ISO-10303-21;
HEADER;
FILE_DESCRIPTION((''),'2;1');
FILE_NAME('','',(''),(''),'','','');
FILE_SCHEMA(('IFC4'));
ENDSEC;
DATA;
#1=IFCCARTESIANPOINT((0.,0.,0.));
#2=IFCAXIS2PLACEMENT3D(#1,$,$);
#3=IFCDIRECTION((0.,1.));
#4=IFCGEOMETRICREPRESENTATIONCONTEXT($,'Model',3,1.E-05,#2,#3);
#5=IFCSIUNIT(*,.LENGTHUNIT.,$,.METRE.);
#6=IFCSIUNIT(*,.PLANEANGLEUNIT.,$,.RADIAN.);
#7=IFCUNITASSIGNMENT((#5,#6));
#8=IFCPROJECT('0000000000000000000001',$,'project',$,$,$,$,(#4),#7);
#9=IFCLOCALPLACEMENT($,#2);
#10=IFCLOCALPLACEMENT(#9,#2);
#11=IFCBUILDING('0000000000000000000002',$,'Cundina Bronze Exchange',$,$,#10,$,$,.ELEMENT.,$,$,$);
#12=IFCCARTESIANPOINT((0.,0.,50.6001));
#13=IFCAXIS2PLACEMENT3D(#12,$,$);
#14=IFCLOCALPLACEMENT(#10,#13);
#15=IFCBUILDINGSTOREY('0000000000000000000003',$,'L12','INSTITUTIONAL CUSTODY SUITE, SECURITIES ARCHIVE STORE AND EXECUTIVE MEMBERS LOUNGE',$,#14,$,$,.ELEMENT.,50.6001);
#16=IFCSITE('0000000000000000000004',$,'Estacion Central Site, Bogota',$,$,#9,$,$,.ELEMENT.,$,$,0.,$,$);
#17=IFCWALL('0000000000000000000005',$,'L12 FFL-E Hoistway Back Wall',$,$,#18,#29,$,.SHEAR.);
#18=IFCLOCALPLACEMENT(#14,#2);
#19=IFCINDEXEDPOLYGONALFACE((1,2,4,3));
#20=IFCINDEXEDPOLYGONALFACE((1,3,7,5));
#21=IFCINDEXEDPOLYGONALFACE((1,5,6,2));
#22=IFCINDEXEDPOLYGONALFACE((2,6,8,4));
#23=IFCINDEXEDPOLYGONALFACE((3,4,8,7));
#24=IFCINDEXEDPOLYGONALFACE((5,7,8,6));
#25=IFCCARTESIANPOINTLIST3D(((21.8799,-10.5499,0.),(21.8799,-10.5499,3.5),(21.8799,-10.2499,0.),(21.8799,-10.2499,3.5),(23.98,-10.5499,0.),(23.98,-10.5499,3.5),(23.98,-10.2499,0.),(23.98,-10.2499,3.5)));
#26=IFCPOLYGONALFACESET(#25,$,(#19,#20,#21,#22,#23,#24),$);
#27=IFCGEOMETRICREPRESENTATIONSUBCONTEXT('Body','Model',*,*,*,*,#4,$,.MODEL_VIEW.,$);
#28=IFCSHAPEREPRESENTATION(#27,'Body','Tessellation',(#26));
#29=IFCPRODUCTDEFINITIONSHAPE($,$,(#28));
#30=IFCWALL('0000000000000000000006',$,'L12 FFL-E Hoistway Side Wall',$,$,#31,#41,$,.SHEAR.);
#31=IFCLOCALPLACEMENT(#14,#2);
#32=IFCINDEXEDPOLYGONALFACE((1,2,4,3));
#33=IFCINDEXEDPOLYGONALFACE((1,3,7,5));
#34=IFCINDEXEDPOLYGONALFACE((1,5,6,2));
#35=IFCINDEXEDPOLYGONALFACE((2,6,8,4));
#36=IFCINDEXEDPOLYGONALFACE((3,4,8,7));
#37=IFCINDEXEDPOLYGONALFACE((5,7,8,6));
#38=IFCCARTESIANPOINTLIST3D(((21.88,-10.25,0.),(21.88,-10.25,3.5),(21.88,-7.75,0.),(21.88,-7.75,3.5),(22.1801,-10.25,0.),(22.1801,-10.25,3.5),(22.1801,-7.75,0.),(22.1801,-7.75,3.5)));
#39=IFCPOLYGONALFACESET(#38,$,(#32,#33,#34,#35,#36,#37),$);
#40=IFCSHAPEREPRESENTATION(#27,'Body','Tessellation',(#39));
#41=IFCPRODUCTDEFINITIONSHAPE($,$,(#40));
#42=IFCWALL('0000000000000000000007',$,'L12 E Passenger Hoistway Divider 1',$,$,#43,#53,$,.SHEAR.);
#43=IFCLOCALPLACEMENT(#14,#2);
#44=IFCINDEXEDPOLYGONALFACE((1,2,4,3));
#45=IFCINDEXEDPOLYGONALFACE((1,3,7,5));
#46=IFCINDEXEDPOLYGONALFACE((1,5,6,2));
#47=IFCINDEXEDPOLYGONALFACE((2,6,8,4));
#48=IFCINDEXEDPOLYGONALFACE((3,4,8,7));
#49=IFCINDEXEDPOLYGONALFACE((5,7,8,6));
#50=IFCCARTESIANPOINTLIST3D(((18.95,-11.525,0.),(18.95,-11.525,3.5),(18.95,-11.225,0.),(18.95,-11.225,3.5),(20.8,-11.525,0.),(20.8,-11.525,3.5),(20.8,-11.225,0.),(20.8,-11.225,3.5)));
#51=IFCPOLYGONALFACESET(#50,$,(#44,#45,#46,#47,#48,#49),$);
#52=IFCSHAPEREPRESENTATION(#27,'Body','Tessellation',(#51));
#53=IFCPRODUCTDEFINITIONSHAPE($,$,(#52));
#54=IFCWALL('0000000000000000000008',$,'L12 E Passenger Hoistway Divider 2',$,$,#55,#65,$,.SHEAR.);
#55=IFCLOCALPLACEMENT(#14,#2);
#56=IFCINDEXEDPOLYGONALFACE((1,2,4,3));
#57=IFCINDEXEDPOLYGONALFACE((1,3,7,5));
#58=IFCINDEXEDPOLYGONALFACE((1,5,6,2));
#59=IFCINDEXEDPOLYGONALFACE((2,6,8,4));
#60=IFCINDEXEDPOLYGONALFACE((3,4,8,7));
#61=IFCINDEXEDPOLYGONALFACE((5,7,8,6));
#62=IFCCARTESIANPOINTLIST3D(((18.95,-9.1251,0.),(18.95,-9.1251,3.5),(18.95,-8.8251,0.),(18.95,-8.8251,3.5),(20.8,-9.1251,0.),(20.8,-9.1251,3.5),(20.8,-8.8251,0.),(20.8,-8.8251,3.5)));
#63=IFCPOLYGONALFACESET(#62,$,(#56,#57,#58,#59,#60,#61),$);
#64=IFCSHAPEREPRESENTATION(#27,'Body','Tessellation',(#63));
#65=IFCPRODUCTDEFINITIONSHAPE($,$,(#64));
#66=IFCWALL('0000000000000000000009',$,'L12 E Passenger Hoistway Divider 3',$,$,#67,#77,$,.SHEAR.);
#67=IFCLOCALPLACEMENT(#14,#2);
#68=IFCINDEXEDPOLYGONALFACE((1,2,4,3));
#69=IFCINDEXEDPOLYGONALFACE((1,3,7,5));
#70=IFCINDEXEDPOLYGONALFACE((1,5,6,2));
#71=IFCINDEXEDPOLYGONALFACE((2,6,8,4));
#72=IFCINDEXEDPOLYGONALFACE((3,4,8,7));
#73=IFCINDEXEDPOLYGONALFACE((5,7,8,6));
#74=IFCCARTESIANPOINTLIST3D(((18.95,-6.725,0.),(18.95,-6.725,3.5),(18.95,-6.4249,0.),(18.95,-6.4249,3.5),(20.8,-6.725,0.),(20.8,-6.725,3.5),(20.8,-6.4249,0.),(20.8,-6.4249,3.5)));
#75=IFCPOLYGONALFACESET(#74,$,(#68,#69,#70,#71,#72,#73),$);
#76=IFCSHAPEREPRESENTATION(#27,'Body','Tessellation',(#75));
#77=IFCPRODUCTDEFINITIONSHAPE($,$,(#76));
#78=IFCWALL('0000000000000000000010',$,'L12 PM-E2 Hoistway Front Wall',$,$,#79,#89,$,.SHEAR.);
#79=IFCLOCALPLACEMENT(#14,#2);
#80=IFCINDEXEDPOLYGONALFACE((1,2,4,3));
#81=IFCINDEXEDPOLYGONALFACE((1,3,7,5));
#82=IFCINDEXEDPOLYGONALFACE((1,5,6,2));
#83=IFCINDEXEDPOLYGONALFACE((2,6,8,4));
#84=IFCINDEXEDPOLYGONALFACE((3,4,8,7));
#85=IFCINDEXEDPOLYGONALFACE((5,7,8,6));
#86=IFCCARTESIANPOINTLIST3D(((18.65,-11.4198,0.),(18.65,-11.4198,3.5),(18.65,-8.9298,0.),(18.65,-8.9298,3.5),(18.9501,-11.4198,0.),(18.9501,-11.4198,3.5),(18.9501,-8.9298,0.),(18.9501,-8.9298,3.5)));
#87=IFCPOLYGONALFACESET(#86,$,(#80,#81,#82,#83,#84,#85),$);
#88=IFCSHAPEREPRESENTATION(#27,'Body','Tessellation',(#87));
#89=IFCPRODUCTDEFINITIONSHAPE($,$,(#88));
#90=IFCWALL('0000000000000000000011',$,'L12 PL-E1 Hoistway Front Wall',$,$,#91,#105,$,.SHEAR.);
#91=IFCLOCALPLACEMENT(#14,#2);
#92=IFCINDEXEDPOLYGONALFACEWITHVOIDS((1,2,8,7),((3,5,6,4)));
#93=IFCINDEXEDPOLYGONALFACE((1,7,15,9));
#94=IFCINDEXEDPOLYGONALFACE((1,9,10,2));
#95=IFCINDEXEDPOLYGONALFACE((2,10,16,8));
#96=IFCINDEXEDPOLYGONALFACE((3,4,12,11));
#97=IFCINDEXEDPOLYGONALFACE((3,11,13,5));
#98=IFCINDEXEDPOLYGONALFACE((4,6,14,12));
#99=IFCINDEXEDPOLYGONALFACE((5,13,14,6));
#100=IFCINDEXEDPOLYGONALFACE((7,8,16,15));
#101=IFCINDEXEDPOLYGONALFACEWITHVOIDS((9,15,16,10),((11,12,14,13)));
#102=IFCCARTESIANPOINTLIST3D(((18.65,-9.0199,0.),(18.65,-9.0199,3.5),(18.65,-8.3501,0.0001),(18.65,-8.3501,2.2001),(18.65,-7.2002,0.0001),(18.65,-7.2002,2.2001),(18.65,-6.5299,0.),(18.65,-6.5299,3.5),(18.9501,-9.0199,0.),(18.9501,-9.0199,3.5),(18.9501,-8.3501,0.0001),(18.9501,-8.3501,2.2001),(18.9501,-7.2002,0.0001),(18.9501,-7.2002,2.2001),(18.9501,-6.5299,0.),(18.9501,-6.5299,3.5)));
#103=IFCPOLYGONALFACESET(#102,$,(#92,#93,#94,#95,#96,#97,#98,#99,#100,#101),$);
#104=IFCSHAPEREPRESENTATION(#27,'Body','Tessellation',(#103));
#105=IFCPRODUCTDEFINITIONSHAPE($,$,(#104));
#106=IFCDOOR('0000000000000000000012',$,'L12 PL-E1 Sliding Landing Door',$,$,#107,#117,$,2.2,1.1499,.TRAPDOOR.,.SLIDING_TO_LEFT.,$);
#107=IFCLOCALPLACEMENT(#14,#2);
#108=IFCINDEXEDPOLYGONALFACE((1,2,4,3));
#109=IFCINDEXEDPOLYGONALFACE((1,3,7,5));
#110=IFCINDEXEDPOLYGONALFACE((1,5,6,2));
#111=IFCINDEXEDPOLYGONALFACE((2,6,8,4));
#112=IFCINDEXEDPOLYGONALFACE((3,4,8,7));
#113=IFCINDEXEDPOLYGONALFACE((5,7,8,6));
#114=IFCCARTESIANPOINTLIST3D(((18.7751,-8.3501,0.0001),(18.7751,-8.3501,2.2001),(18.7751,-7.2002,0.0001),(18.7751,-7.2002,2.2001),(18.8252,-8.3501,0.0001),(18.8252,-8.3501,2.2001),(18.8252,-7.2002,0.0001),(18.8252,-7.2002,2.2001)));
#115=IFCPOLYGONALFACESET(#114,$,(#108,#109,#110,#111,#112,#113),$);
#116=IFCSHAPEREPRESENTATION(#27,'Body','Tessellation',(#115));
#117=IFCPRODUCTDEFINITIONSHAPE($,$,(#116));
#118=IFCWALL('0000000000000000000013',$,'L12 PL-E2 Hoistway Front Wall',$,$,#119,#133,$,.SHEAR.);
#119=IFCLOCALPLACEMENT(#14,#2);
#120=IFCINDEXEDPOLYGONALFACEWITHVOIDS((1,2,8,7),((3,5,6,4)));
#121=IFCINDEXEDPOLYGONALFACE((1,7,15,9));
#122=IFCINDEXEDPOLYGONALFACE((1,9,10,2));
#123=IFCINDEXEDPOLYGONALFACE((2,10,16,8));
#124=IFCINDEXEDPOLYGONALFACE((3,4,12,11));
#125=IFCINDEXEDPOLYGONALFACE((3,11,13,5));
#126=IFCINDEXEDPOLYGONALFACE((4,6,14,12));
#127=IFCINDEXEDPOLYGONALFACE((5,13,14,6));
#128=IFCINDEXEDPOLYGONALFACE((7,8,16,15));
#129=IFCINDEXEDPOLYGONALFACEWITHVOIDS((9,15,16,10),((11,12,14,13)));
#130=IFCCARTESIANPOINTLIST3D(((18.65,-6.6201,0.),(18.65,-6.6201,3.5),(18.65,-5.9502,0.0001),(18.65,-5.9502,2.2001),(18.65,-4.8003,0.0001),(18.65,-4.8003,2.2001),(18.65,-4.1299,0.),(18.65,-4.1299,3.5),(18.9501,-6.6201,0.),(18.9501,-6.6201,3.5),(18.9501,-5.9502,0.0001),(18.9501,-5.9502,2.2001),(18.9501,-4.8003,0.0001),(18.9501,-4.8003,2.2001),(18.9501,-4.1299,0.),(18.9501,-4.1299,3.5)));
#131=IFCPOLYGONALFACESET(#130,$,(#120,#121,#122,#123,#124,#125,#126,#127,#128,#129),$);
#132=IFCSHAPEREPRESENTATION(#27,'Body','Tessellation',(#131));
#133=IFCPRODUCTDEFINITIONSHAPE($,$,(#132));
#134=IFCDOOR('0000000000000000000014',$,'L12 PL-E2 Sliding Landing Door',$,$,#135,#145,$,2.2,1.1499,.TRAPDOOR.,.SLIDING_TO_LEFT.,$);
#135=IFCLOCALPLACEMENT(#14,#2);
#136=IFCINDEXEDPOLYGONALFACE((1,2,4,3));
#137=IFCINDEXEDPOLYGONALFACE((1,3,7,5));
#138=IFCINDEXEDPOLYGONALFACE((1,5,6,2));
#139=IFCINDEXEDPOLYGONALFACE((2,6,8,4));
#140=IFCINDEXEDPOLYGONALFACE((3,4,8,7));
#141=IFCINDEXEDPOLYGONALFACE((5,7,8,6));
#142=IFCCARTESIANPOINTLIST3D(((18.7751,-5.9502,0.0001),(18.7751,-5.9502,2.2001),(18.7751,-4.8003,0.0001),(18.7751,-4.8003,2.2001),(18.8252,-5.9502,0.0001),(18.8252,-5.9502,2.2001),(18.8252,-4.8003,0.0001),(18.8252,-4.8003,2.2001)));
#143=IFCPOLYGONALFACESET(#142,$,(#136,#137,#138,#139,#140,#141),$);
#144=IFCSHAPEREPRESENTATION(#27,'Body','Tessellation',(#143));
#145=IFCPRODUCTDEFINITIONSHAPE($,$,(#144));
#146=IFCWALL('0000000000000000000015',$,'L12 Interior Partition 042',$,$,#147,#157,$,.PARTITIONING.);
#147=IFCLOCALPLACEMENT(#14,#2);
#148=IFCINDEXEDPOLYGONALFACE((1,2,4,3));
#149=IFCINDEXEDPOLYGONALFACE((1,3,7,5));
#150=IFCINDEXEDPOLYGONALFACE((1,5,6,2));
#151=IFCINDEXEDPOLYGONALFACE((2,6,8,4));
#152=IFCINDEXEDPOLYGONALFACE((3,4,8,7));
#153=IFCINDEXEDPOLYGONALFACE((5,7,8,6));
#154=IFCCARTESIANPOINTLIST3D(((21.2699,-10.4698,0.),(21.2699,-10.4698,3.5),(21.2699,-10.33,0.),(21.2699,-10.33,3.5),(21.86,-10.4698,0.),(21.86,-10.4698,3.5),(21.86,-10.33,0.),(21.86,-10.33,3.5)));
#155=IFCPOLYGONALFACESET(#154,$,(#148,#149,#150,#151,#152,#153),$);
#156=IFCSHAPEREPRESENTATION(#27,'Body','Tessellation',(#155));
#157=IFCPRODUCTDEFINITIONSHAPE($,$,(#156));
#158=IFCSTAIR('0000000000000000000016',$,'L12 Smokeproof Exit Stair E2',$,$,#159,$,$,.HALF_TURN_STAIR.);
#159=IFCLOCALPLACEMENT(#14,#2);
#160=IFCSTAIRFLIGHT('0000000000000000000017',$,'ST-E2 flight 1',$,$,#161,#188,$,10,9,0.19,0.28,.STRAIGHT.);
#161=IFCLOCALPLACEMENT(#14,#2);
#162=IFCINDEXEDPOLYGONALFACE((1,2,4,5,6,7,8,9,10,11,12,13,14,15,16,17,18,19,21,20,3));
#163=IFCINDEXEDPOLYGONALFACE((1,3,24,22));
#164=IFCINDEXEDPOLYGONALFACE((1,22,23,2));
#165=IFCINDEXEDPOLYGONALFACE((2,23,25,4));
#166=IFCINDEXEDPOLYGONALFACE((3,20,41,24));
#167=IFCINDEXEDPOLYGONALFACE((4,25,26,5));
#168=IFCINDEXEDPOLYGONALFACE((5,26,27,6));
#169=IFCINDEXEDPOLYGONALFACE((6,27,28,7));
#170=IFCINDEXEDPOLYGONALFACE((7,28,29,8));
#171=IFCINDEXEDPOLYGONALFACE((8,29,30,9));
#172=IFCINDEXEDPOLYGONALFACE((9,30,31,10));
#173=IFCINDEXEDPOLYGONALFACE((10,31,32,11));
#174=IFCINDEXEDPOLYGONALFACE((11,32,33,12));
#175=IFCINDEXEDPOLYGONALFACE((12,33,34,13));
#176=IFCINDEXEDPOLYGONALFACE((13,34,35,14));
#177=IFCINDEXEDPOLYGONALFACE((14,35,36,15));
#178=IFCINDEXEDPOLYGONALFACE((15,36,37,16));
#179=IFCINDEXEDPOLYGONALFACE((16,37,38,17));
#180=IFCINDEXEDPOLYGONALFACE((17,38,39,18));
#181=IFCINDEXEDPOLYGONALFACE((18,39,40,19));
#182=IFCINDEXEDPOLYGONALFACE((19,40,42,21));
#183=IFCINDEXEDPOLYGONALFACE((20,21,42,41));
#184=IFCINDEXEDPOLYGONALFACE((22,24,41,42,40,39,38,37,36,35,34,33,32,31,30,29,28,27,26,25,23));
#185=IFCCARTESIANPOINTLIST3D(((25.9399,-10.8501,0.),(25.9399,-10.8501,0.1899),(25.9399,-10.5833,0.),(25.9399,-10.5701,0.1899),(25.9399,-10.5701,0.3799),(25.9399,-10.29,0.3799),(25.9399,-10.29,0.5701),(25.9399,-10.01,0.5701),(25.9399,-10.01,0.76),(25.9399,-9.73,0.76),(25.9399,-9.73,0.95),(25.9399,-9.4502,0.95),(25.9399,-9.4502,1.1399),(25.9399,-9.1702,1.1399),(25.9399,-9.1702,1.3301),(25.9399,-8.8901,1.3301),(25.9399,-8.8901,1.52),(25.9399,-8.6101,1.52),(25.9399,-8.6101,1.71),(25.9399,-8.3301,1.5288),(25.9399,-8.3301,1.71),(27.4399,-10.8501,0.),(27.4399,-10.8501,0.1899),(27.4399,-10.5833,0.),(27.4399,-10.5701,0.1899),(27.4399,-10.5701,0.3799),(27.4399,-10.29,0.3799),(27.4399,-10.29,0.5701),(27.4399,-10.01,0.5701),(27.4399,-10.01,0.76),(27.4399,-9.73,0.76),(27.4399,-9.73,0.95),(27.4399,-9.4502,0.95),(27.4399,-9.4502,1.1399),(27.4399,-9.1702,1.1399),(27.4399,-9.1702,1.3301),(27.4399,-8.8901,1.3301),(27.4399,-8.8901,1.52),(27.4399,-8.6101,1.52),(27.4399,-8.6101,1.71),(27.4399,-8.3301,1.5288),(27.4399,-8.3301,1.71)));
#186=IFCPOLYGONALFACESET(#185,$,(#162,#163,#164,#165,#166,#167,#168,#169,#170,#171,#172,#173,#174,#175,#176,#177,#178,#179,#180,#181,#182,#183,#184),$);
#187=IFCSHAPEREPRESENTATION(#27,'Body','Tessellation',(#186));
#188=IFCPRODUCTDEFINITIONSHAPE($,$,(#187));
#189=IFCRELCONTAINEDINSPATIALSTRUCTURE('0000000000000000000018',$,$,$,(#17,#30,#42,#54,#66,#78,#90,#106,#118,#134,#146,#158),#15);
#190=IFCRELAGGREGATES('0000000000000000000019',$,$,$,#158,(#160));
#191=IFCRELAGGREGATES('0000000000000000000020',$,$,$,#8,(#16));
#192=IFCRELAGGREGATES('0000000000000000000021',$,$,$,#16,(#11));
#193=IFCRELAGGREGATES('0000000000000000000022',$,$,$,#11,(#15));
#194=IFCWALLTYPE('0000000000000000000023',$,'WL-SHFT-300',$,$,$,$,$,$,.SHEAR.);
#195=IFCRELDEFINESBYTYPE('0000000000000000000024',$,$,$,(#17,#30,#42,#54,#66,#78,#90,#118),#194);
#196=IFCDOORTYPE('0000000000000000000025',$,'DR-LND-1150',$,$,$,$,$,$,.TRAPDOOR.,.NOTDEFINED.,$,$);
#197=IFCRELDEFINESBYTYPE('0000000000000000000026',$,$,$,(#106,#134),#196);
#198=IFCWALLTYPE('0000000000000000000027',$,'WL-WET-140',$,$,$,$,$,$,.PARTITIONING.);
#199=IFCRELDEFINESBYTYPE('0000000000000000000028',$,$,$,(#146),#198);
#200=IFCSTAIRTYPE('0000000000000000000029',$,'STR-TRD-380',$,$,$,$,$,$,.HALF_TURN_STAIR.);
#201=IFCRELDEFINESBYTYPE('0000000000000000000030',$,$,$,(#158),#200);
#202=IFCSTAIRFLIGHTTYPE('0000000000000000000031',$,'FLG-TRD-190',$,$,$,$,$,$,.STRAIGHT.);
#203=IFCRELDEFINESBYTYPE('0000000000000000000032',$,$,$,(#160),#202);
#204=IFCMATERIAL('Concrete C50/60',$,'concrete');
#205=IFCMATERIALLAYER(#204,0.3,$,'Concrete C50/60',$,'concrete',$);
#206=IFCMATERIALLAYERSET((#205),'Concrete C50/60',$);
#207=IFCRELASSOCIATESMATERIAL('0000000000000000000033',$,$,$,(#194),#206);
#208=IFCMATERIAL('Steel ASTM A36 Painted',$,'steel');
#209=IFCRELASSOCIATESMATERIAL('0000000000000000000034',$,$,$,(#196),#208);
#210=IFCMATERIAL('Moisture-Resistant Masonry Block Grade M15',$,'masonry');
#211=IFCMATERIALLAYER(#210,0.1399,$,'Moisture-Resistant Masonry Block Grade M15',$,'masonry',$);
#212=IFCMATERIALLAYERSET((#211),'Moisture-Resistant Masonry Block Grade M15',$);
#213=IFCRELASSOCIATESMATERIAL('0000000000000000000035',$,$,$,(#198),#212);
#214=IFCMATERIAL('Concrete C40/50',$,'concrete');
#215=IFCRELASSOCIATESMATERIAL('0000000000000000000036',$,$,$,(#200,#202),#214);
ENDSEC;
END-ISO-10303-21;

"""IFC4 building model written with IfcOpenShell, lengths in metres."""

from ifc_helpers import new_model, si_unit, direction, frame, frame_2d, origin, place, context, subcontext, project, spatial, polyline, rectangle, outline, extrude, material, layer, layer_set, type_object, element, fill, aggregate, save


model = new_model("IFC4")

# Units and contexts
model_context = context("Model", 3, precision=1e-05, world=origin(), true_north=direction((0.0, 1.0)))
body_context = subcontext(model_context, "Body", "Model", "MODEL_VIEW")
ifc_project = project(units=[si_unit("LENGTHUNIT", "METRE"), si_unit("PLANEANGLEUNIT", "RADIAN")], contexts=[model_context])

# Site, building, storey
site_placement = place(None, origin())
site = spatial("IfcSite", under=ifc_project, at=site_placement, Name="Estacion Central Site, Bogota", CompositionType="ELEMENT", RefElevation=0.0)
building_placement = place(site_placement, origin())
building = spatial("IfcBuilding", under=site, at=building_placement, Name="Cundina Bronze Exchange", CompositionType="ELEMENT")
storey_placement = place(building_placement, frame((0.0, 0.0, 50.6001)))
storey = spatial("IfcBuildingStorey", under=building, at=storey_placement, Name="L12", Description="INSTITUTIONAL CUSTODY SUITE, SECURITIES ARCHIVE STORE AND EXECUTIVE MEMBERS LOUNGE", CompositionType="ELEMENT", Elevation=50.6001)

# Shared definitions
ifc_material_1 = material(Name="Concrete C50/60", Category="concrete")
ifc_layer_1 = layer(ifc_material_1, 0.3, Name="Concrete C50/60", Category="concrete")
ifc_layer_set_1 = layer_set([ifc_layer_1], Name="Concrete C50/60")
wall_type_1 = type_object("IfcWallType", Name="WL-SHFT-300", PredefinedType="SHEAR", material=ifc_layer_set_1)

# Shared definitions
ifc_material_2 = material(Name="Steel ASTM A36 Painted", Category="steel")
door_type_1 = type_object("IfcDoorType", Name="DR-LND-1150", OperationType="NOTDEFINED", PredefinedType="TRAPDOOR", material=ifc_material_2)

# Walls
wall_1_placement = place(storey_placement, frame((21.8799, -10.3999, 0.0), z_axis=(0.0, 0.0, 1.0), x_axis=(1.0, 0.0, 0.0)))
element("IfcWall", 1, at=wall_1_placement, inside=storey, type_object=wall_type_1, Name="L12 FFL-E Hoistway Back Wall", PredefinedType="SHEAR", context=body_context, shape_type="SweptSolid", body=[
    extrude(rectangle(XDim=2.1001, YDim=0.3, at=frame_2d((1.05, 0.0))), origin(), (0.0, 0.0, 1.0), 3.5),
])
wall_2_placement = place(storey_placement, frame((22.03, -10.25, 0.0), z_axis=(0.0, 0.0, 1.0), x_axis=(0.0, 1.0, 0.0)))
element("IfcWall", 2, at=wall_2_placement, inside=storey, type_object=wall_type_1, Name="L12 FFL-E Hoistway Side Wall", PredefinedType="SHEAR", context=body_context, shape_type="SweptSolid", body=[
    extrude(rectangle(XDim=2.5, YDim=0.3, at=frame_2d((1.25, 0.0))), origin(), (0.0, 0.0, 1.0), 3.5),
])
for number, where, z_axis, x_axis, name in (
    (3, (18.95, -11.375, 0.0), (0.0, 0.0, 1.0), (1.0, 0.0, 0.0), "L12 E Passenger Hoistway Divider 1"),
    (4, (18.95, -8.9751, 0.0), (0.0, 0.0, 1.0), (1.0, 0.0, 0.0), "L12 E Passenger Hoistway Divider 2"),
    (5, (18.95, -6.575, 0.0), (0.0, 0.0, 1.0), (1.0, 0.0, 0.0), "L12 E Passenger Hoistway Divider 3"),
):
    element("IfcWall", number, at=place(storey_placement, frame(where, z_axis=z_axis, x_axis=x_axis)), inside=storey, type_object=wall_type_1, Name=name, PredefinedType="SHEAR", context=body_context, shape_type="SweptSolid", body=[
        extrude(rectangle(XDim=1.8501, YDim=0.3, at=frame_2d((0.925, 0.0))), origin(), (0.0, 0.0, 1.0), 3.5),
    ])
wall_3_placement = place(storey_placement, frame((18.8, -11.4199, 0.0), z_axis=(0.0, 0.0, 1.0), x_axis=(0.0, 1.0, 0.0)))
element("IfcWall", 6, at=wall_3_placement, inside=storey, type_object=wall_type_1, Name="L12 PM-E2 Hoistway Front Wall", PredefinedType="SHEAR", context=body_context, shape_type="SweptSolid", body=[
    extrude(rectangle(XDim=2.49, YDim=0.3, at=frame_2d((1.2451, 0.0))), origin(), (0.0, 0.0, 1.0), 3.5),
])

# Walls, openings, doors
wall_4_placement = place(storey_placement, frame((18.8, -9.02, 0.0), z_axis=(0.0, 0.0, 1.0), x_axis=(0.0, 1.0, 0.0)))
wall_4 = element("IfcWall", 7, at=wall_4_placement, inside=storey, type_object=wall_type_1, Name="L12 PL-E1 Hoistway Front Wall", PredefinedType="SHEAR", context=body_context, shape_type="SweptSolid", body=[
    extrude(rectangle(XDim=2.49, YDim=0.3, at=frame_2d((1.2451, 0.0))), origin(), (0.0, 0.0, 1.0), 3.5),
])
opening_1_placement = place(wall_4_placement, frame((0.6699, 0.0, 0.0)))
opening_1 = element("IfcOpeningElement", 8, at=opening_1_placement, cuts=wall_4, PredefinedType="OPENING", context=body_context, shape_type="SweptSolid", body=[
    extrude(rectangle(XDim=1.1499, YDim=2.2, at=frame_2d((0.575, 1.1001))), frame((0.0, 0.1599, 0.0), z_axis=(0.0, -1.0, 0.0), x_axis=(1.0, 0.0, 0.0)), (0.0, 0.0, 1.0), 0.3201),
])
door_1_placement = place(opening_1_placement, origin())
door_1 = element("IfcDoor", 9, at=door_1_placement, inside=storey, type_object=door_type_1, Name="L12 PL-E1 Sliding Landing Door", OperationType="SLIDING_TO_LEFT", OverallHeight=2.2, OverallWidth=1.1499, PredefinedType="TRAPDOOR", context=body_context, shape_type="SweptSolid", body=[
    extrude(rectangle(XDim=1.1499, YDim=2.2, at=frame_2d((0.575, 1.1001))), frame((0.0, 0.0249, 0.0), z_axis=(0.0, -1.0, 0.0), x_axis=(1.0, 0.0, 0.0)), (0.0, 0.0, 1.0), 0.05),
])
fill(opening_1, door_1)
wall_5_placement = place(storey_placement, frame((18.8, -6.6201, 0.0), z_axis=(0.0, 0.0, 1.0), x_axis=(0.0, 1.0, 0.0)))
wall_5 = element("IfcWall", 10, at=wall_5_placement, inside=storey, type_object=wall_type_1, Name="L12 PL-E2 Hoistway Front Wall", PredefinedType="SHEAR", context=body_context, shape_type="SweptSolid", body=[
    extrude(rectangle(XDim=2.4902, YDim=0.3, at=frame_2d((1.2451, 0.0))), origin(), (0.0, 0.0, 1.0), 3.5),
])
opening_2_placement = place(wall_5_placement, frame((0.6699, 0.0, 0.0)))
opening_2 = element("IfcOpeningElement", 11, at=opening_2_placement, cuts=wall_5, PredefinedType="OPENING", context=body_context, shape_type="SweptSolid", body=[
    extrude(rectangle(XDim=1.1499, YDim=2.2, at=frame_2d((0.575, 1.1001))), frame((0.0, 0.1599, 0.0), z_axis=(0.0, -1.0, 0.0), x_axis=(1.0, 0.0, 0.0)), (0.0, 0.0, 1.0), 0.3201),
])
door_2_placement = place(opening_2_placement, origin())
door_2 = element("IfcDoor", 12, at=door_2_placement, inside=storey, type_object=door_type_1, Name="L12 PL-E2 Sliding Landing Door", OperationType="SLIDING_TO_LEFT", OverallHeight=2.2, OverallWidth=1.1499, PredefinedType="TRAPDOOR", context=body_context, shape_type="SweptSolid", body=[
    extrude(rectangle(XDim=1.1499, YDim=2.2, at=frame_2d((0.575, 1.1001))), frame((0.0, 0.0249, 0.0), z_axis=(0.0, -1.0, 0.0), x_axis=(1.0, 0.0, 0.0)), (0.0, 0.0, 1.0), 0.05),
])
fill(opening_2, door_2)

# Wall
ifc_material_3 = material(Name="Moisture-Resistant Masonry Block Grade M15", Category="masonry")
ifc_layer_2 = layer(ifc_material_3, 0.1399, Name="Moisture-Resistant Masonry Block Grade M15", Category="masonry")
ifc_layer_set_2 = layer_set([ifc_layer_2], Name="Moisture-Resistant Masonry Block Grade M15")
wall_type_2 = type_object("IfcWallType", Name="WL-WET-140", PredefinedType="PARTITIONING", material=ifc_layer_set_2)
wall_6_placement = place(storey_placement, frame((21.27, -10.3999, 0.0), z_axis=(0.0, 0.0, 1.0), x_axis=(1.0, 0.0, 0.0)))
element("IfcWall", 13, at=wall_6_placement, inside=storey, type_object=wall_type_2, Name="L12 Interior Partition 042", PredefinedType="PARTITIONING", context=body_context, shape_type="SweptSolid", body=[
    extrude(rectangle(XDim=0.5901, YDim=0.1399, at=frame_2d((0.2949, 0.0))), origin(), (0.0, 0.0, 1.0), 3.5),
])

# Stair, stair flight
ifc_material_4 = material(Name="Concrete C40/50", Category="concrete")
stair_type = type_object("IfcStairType", Name="STR-TRD-380", PredefinedType="HALF_TURN_STAIR", material=ifc_material_4)
stair_placement = place(storey_placement, origin())
stair = element("IfcStair", 14, at=stair_placement, inside=storey, type_object=stair_type, Name="L12 Smokeproof Exit Stair E2", PredefinedType="HALF_TURN_STAIR")
stair_flight_type = type_object("IfcStairFlightType", Name="FLG-TRD-190", PredefinedType="STRAIGHT", material=ifc_material_4)
stair_flight_1_placement = place(storey_placement, frame((26.6899, -10.8501, 0.0), z_axis=(0.0, 0.0, 1.0), x_axis=(0.0, 1.0, 0.0)))
stair_flight_1 = element("IfcStairFlight", 15, at=stair_flight_1_placement, type_object=stair_flight_type, Name="ST-E2 flight 1", NumberOfRisers=10, NumberOfTreads=9, PredefinedType="STRAIGHT", RiserHeight=0.19, TreadLength=0.28, context=body_context, shape_type="SweptSolid", body=[
    extrude(outline(polyline([(0.0, 0.0), (0.0, 0.1899), (0.28, 0.1899), (0.28, 0.3799), (0.5601, 0.3799), (0.5601, 0.5701), (0.8401, 0.5701), (0.8401, 0.76), (1.1201, 0.76), (1.1201, 0.95), (1.3999, 0.95), (1.3999, 1.1399), (1.6799, 1.1399), (1.6799, 1.3301), (1.96, 1.3301), (1.96, 1.52), (2.24, 1.52), (2.24, 1.71), (2.52, 1.71), (2.52, 1.8999), (2.52, 1.5288), (0.2668, 0.0), (0.0, 0.0)])), frame((0.0, 0.75, 0.0), z_axis=(0.0, -1.0, 0.0), x_axis=(1.0, 0.0, 0.0)), (0.0, 0.0, 1.0), 1.5),
])
aggregate(stair, [stair_flight_1])

save(model, "model.ifc")
